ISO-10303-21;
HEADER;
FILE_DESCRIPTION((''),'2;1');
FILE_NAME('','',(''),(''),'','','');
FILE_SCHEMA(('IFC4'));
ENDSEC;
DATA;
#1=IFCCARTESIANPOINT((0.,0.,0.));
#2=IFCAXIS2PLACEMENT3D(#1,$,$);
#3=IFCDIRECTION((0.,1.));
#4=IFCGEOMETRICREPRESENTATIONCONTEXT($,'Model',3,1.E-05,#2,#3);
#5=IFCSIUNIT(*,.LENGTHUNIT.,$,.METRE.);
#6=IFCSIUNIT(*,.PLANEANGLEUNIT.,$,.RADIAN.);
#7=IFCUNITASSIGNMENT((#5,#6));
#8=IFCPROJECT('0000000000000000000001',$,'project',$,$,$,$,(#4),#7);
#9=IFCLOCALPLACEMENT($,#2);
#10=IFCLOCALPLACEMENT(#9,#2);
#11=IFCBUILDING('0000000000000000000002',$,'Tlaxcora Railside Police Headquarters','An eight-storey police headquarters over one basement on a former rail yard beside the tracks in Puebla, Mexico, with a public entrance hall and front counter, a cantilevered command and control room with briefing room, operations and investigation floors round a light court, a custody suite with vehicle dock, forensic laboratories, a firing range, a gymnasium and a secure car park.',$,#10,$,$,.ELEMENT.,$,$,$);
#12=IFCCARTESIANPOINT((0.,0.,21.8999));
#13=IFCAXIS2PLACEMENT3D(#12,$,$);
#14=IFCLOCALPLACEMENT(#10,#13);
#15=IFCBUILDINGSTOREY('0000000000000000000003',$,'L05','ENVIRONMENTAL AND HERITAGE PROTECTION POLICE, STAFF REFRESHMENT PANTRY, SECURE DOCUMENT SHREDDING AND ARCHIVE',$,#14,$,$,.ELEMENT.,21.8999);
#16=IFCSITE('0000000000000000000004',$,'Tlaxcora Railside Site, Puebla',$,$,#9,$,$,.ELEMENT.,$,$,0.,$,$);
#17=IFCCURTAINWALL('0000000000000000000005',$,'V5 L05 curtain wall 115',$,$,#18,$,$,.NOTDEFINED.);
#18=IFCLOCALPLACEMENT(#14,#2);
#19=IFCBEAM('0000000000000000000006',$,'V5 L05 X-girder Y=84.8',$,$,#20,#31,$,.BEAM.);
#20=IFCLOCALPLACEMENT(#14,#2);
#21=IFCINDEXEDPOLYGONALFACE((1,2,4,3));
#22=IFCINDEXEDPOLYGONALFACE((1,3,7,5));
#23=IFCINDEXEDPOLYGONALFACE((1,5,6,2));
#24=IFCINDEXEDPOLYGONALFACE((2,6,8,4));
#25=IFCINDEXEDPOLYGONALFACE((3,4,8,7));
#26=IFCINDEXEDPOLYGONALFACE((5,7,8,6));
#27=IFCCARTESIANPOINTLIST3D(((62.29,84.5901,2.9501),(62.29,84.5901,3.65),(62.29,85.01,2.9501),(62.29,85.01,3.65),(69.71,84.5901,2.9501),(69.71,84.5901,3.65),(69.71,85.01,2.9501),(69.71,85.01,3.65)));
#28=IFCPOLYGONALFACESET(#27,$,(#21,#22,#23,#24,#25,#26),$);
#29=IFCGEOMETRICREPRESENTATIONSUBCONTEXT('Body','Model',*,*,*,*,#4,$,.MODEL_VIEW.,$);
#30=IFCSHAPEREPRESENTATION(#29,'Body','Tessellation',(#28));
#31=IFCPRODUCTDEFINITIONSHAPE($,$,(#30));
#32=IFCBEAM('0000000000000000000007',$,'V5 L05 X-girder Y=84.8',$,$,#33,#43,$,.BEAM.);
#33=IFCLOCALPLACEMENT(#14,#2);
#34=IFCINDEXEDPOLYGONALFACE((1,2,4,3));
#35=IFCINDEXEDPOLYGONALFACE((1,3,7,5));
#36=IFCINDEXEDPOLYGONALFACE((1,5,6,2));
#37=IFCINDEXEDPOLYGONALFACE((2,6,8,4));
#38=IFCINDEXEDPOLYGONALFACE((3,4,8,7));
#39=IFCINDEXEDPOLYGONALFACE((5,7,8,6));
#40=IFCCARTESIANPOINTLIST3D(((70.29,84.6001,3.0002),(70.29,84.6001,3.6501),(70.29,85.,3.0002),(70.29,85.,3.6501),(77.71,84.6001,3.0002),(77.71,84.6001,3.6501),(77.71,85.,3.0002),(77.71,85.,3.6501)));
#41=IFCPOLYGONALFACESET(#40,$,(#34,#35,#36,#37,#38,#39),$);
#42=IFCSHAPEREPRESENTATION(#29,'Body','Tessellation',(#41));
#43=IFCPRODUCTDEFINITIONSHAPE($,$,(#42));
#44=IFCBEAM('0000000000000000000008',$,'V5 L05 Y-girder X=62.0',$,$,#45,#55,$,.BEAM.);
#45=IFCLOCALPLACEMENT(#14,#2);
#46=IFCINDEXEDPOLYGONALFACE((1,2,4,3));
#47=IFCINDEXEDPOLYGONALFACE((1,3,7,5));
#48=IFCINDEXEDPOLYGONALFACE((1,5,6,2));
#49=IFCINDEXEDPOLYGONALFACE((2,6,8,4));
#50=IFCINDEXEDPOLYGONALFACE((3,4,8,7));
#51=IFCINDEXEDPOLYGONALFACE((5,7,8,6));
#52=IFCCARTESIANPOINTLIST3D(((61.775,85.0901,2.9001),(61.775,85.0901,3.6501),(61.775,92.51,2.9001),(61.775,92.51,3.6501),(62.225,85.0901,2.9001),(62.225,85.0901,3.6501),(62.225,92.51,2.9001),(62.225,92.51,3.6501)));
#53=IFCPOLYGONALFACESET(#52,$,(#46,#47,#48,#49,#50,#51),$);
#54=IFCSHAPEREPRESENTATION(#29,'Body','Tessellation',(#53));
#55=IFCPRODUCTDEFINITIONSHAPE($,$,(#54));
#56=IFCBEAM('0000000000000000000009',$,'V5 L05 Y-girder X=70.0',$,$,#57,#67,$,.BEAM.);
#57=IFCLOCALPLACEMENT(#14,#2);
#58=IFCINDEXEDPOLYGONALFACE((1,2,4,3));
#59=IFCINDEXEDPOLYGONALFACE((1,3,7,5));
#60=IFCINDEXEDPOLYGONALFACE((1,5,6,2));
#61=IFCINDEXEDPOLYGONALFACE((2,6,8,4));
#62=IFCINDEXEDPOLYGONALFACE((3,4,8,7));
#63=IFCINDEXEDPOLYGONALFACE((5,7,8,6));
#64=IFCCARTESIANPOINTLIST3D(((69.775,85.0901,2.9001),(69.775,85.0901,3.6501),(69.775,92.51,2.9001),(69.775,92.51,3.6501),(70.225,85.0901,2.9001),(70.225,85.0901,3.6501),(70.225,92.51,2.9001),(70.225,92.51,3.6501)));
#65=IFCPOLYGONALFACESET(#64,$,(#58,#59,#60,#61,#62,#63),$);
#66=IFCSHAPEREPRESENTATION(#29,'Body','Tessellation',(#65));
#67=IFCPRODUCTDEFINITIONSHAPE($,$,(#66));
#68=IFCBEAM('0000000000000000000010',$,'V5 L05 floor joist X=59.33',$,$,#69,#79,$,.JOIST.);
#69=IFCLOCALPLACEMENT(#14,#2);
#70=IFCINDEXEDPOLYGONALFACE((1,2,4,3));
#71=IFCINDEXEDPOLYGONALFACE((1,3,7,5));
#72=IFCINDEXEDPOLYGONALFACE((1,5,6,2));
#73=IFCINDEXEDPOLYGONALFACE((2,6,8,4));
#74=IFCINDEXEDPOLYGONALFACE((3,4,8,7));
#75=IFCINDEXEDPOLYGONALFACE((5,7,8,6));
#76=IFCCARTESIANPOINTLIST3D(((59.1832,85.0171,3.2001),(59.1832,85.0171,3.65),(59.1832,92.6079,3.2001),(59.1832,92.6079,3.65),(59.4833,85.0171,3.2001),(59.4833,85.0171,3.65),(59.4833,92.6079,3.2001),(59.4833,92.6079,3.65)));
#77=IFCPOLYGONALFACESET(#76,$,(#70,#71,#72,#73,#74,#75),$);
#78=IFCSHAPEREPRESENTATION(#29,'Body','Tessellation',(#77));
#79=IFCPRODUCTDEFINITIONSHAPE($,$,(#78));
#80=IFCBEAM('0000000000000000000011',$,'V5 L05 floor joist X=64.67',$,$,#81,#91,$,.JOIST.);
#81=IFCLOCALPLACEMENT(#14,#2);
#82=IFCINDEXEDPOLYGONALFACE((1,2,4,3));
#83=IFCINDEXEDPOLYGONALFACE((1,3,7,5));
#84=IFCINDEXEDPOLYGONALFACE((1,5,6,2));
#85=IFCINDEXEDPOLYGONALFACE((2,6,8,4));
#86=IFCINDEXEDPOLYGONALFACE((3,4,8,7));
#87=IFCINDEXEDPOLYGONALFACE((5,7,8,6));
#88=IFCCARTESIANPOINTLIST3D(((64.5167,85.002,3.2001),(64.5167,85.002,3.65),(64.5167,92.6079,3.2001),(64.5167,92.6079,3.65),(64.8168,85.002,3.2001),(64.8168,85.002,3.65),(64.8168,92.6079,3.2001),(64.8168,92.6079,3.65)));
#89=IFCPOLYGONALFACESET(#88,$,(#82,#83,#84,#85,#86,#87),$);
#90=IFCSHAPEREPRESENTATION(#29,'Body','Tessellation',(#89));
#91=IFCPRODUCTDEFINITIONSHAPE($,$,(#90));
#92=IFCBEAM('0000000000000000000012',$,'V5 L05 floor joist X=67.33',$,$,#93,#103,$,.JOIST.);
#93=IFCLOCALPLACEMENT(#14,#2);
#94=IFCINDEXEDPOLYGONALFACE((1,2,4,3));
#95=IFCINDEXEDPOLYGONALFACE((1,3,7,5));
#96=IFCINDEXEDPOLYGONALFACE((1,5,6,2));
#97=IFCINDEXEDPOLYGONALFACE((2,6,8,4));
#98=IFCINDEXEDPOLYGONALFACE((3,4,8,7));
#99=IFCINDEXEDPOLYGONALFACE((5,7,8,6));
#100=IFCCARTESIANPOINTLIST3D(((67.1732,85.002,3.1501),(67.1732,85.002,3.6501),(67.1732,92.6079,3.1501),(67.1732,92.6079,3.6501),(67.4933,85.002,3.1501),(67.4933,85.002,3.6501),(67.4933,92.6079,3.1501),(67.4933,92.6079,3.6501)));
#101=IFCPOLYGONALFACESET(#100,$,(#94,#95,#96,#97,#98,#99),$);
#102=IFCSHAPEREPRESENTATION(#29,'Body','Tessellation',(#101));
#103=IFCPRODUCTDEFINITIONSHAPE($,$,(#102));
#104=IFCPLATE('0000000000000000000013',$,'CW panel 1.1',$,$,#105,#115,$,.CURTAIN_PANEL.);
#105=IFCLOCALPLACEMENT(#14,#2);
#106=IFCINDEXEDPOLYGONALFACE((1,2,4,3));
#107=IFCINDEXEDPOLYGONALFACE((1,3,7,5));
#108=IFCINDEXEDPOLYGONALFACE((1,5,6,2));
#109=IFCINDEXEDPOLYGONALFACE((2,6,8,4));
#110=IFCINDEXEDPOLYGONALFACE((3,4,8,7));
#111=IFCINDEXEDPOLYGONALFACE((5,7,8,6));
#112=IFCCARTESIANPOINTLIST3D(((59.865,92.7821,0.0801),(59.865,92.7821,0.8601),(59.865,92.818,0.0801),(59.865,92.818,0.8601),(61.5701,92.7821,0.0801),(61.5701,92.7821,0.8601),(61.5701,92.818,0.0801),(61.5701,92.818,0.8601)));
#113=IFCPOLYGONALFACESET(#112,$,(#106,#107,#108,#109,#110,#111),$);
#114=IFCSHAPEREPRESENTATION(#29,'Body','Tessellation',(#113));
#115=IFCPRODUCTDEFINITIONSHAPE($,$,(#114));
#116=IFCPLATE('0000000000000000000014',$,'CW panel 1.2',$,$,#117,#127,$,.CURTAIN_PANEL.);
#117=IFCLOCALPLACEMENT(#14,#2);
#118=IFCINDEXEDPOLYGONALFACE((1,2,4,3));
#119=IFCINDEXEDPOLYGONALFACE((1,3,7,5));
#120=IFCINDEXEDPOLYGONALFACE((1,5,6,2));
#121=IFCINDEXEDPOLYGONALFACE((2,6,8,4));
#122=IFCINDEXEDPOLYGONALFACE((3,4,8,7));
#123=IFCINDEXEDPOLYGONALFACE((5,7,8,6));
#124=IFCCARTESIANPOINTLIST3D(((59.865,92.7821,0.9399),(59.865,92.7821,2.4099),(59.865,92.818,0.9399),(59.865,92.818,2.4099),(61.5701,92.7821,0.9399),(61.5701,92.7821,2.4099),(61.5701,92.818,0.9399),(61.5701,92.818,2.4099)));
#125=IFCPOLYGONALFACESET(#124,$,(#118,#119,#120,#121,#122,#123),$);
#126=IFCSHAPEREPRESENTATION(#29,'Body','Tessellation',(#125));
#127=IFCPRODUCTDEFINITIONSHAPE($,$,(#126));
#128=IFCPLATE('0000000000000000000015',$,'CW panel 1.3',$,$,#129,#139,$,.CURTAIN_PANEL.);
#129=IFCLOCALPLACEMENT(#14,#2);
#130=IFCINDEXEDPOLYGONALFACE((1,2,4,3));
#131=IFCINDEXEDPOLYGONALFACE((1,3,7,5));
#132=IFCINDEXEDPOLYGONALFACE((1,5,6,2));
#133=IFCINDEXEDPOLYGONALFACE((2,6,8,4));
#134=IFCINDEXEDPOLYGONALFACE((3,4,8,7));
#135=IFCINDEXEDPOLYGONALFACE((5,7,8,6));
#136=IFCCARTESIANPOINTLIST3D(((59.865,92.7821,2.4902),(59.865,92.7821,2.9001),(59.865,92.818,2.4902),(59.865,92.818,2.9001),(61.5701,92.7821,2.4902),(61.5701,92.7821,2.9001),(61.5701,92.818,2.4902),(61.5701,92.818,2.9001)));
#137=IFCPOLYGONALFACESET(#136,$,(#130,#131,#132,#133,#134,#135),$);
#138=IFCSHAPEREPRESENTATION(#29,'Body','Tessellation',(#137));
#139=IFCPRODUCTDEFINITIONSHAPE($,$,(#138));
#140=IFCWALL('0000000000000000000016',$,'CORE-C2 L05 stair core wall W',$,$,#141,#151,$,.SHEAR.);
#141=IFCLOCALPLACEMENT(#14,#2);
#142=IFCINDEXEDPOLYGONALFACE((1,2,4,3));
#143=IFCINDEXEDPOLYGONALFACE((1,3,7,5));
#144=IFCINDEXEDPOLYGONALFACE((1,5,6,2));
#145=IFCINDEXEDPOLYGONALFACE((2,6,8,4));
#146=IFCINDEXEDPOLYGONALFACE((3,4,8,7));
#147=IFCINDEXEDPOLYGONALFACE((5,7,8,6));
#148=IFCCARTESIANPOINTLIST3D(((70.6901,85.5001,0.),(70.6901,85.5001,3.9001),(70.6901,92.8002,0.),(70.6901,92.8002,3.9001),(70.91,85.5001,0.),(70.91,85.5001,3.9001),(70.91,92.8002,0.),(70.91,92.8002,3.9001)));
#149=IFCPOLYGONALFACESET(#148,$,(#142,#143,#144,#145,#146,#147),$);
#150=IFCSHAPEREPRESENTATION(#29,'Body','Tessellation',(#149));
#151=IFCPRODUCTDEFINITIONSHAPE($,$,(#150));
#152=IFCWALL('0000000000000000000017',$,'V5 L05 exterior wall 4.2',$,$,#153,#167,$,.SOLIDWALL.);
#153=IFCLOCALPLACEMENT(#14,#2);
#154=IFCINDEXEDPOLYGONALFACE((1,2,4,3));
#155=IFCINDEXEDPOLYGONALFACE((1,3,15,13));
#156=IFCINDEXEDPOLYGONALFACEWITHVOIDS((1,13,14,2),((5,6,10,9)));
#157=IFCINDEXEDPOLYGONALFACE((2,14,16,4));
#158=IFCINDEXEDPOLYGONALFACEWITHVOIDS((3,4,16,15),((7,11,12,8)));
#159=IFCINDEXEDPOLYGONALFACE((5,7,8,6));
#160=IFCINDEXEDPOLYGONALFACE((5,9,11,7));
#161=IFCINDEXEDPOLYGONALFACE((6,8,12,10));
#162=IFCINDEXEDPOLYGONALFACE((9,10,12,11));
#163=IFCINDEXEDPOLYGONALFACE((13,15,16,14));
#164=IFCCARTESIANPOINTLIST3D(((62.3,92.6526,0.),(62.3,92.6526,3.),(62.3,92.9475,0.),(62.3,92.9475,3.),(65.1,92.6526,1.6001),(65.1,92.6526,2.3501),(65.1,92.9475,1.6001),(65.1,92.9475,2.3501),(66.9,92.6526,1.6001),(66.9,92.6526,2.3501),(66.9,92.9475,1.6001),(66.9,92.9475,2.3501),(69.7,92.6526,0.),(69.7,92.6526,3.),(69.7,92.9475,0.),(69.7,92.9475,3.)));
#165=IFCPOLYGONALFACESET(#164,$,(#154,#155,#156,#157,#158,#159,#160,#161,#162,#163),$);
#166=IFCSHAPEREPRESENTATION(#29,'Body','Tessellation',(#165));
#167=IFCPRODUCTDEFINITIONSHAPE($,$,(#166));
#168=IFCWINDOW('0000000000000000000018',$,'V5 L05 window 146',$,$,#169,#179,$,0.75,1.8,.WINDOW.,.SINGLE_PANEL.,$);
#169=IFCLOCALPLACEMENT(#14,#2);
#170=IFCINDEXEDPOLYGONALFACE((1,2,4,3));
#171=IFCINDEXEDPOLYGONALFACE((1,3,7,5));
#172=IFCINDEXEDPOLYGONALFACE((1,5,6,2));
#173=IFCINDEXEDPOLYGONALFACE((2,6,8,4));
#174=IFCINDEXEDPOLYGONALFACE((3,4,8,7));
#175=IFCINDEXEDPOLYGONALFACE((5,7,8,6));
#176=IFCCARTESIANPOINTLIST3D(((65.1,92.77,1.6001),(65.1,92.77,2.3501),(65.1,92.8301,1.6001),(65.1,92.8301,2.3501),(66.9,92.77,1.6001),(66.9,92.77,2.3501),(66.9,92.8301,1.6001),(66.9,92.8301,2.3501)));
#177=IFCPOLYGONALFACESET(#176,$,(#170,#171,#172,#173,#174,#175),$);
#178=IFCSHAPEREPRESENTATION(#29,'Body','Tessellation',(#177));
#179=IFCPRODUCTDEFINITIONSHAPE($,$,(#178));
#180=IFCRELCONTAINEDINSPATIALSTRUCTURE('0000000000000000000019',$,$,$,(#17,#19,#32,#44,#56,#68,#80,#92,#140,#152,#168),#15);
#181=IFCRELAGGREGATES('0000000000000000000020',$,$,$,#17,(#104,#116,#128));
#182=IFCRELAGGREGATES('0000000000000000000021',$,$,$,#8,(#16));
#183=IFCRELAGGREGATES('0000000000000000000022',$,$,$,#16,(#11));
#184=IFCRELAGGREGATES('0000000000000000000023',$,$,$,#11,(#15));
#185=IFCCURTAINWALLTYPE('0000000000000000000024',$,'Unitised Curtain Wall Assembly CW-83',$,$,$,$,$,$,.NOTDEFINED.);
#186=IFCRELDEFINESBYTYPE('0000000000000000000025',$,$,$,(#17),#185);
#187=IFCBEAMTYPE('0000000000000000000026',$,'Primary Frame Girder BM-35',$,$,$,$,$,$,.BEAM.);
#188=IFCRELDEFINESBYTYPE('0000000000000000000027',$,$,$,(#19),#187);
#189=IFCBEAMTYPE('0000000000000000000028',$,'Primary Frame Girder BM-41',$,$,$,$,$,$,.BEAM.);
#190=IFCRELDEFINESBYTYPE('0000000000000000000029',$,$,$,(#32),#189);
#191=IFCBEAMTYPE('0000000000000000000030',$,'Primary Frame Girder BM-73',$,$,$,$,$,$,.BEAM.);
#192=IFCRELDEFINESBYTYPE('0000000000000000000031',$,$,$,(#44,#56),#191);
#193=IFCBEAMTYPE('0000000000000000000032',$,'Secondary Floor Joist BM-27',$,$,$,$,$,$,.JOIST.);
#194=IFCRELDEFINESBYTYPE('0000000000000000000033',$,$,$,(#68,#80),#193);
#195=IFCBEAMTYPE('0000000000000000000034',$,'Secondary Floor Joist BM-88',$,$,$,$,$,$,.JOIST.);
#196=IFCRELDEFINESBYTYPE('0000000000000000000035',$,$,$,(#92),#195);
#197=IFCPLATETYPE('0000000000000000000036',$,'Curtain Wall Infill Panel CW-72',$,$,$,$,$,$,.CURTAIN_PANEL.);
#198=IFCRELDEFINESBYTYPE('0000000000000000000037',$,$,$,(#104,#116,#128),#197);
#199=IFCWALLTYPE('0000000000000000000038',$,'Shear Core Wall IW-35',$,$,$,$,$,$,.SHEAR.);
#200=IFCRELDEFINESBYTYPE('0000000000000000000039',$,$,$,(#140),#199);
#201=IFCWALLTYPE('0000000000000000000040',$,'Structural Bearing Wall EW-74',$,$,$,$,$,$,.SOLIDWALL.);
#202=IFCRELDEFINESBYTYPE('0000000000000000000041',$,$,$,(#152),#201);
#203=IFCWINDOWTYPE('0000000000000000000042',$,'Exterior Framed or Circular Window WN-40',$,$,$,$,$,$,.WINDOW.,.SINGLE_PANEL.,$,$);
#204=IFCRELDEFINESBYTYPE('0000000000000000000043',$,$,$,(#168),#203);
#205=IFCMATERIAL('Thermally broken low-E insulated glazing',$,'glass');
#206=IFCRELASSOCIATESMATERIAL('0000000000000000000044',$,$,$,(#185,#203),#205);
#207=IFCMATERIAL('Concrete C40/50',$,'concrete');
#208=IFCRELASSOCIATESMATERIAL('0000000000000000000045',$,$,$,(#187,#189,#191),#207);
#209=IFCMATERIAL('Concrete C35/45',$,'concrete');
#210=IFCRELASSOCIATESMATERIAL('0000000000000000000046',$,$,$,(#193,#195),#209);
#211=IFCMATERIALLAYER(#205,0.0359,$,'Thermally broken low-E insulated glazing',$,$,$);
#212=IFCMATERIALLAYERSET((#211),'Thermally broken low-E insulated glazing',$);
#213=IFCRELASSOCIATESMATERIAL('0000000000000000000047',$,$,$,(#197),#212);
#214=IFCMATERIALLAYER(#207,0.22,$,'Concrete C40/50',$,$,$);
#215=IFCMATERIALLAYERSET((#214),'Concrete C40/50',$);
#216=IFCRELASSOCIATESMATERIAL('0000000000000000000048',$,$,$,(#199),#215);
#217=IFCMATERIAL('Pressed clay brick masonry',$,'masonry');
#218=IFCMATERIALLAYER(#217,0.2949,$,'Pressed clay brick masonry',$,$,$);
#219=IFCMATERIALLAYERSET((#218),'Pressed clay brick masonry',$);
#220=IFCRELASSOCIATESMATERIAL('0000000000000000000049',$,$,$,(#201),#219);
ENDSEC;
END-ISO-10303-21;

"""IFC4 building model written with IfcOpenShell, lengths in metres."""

from ifc_helpers import new_model, si_unit, direction, frame, frame_2d, origin, origin_2d, place, context, subcontext, project, spatial, rectangle, extrude, material, layer, layer_set, material_profile, profile_set, type_object, element, fill, aggregate, save


model = new_model("IFC4")

# Units and contexts
model_context = context("Model", 3, precision=1e-05, world=origin(), true_north=direction((0.0, 1.0)))
body_context = subcontext(model_context, "Body", "Model", "MODEL_VIEW")
ifc_project = project(units=[si_unit("LENGTHUNIT", "METRE"), si_unit("PLANEANGLEUNIT", "RADIAN")], contexts=[model_context])

# Site, building, storey
site_placement = place(None, origin())
site = spatial("IfcSite", under=ifc_project, at=site_placement, Name="Tlaxcora Railside Site, Puebla", CompositionType="ELEMENT", RefElevation=0.0)
building_placement = place(site_placement, origin())
building = spatial("IfcBuilding", under=site, at=building_placement, Name="Tlaxcora Railside Police Headquarters", Description="An eight-storey police headquarters over one basement on a former rail yard beside the tracks in Puebla, Mexico, with a public entrance hall and front counter, a cantilevered command and control room with briefing room, operations and investigation floors round a light court, a custody suite with vehicle dock, forensic laboratories, a firing range, a gymnasium and a secure car park.", CompositionType="ELEMENT")
storey_placement = place(building_placement, frame((0.0, 0.0, 21.8999)))
storey = spatial("IfcBuildingStorey", under=building, at=storey_placement, Name="L05", Description="ENVIRONMENTAL AND HERITAGE PROTECTION POLICE, STAFF REFRESHMENT PANTRY, SECURE DOCUMENT SHREDDING AND ARCHIVE", CompositionType="ELEMENT", Elevation=21.8999)

# Shared definitions
ifc_material_1 = material(Name="Concrete C40/50", Category="concrete")

# Curtain wall
ifc_material_2 = material(Name="Thermally broken low-E insulated glazing", Category="glass")
curtain_wall_type = type_object("IfcCurtainWallType", Name="Unitised Curtain Wall Assembly CW-83", PredefinedType="NOTDEFINED", material=ifc_material_2)
curtain_wall_placement = place(storey_placement, origin())
curtain_wall = element("IfcCurtainWall", 1, at=curtain_wall_placement, inside=storey, type_object=curtain_wall_type, Name="V5 L05 curtain wall 115", PredefinedType="NOTDEFINED")

# Beams
ifc_material_profile_1 = material_profile(ifc_material_1, rectangle(XDim=0.4199, YDim=0.7, at=origin_2d()), Name="RC420X700")
ifc_profile_set_1 = profile_set([ifc_material_profile_1], Name="Concrete C40/50")
beam_type_1 = type_object("IfcBeamType", Name="Primary Frame Girder BM-35", PredefinedType="BEAM", material=ifc_profile_set_1)
beam_1_placement = place(storey_placement, frame((62.29, 84.8, 3.3), z_axis=(1.0, 0.0, 0.0), x_axis=(0.0, 1.0, 0.0)))
element("IfcBeam", 2, at=beam_1_placement, inside=storey, type_object=beam_type_1, Name="V5 L05 X-girder Y=84.8", PredefinedType="BEAM", context=body_context, shape_type="SweptSolid", body=[
    extrude(rectangle(XDim=0.4199, YDim=0.7, at=origin_2d()), origin(), (0.0, 0.0, 1.0), 7.4199),
])
ifc_material_profile_2 = material_profile(ifc_material_1, rectangle(XDim=0.3999, YDim=0.6499, at=origin_2d()), Name="RC400X650")
ifc_profile_set_2 = profile_set([ifc_material_profile_2], Name="Concrete C40/50")
beam_type_2 = type_object("IfcBeamType", Name="Primary Frame Girder BM-41", PredefinedType="BEAM", material=ifc_profile_set_2)
beam_2_placement = place(storey_placement, frame((70.29, 84.8, 3.3252), z_axis=(1.0, 0.0, 0.0), x_axis=(0.0, 1.0, 0.0)))
element("IfcBeam", 3, at=beam_2_placement, inside=storey, type_object=beam_type_2, Name="V5 L05 X-girder Y=84.8", PredefinedType="BEAM", context=body_context, shape_type="SweptSolid", body=[
    extrude(rectangle(XDim=0.3999, YDim=0.6499, at=origin_2d()), origin(), (0.0, 0.0, 1.0), 7.4199),
])
ifc_material_profile_3 = material_profile(ifc_material_1, rectangle(XDim=0.45, YDim=0.75, at=origin_2d()), Name="RC450X750")
ifc_profile_set_3 = profile_set([ifc_material_profile_3], Name="Concrete C40/50")
beam_type_3 = type_object("IfcBeamType", Name="Primary Frame Girder BM-73", PredefinedType="BEAM", material=ifc_profile_set_3)
for number, where, z_axis, x_axis, name in (
    (4, (62.0, 85.0901, 3.2751), (0.0, 1.0, 0.0), (-1.0, 0.0, 0.0), "V5 L05 Y-girder X=62.0"),
    (5, (70.0, 85.0901, 3.2751), (0.0, 1.0, 0.0), (-1.0, 0.0, 0.0), "V5 L05 Y-girder X=70.0"),
):
    element("IfcBeam", number, at=place(storey_placement, frame(where, z_axis=z_axis, x_axis=x_axis)), inside=storey, type_object=beam_type_3, Name=name, PredefinedType="BEAM", context=body_context, shape_type="SweptSolid", body=[
        extrude(rectangle(XDim=0.45, YDim=0.75, at=origin_2d()), origin(), (0.0, 0.0, 1.0), 7.4199),
    ])
ifc_material_3 = material(Name="Concrete C35/45", Category="concrete")
ifc_material_profile_4 = material_profile(ifc_material_3, rectangle(XDim=0.3, YDim=0.45, at=origin_2d()), Name="RC300X450")
ifc_profile_set_4 = profile_set([ifc_material_profile_4], Name="Concrete C35/45")
beam_type_4 = type_object("IfcBeamType", Name="Secondary Floor Joist BM-27", PredefinedType="JOIST", material=ifc_profile_set_4)
beam_3_placement = place(storey_placement, frame((59.3333, 85.0171, 3.425), z_axis=(0.0, 1.0, 0.0), x_axis=(-1.0, 0.0, 0.0)))
element("IfcBeam", 6, at=beam_3_placement, inside=storey, type_object=beam_type_4, Name="V5 L05 floor joist X=59.33", PredefinedType="JOIST", context=body_context, shape_type="SweptSolid", body=[
    extrude(rectangle(XDim=0.3, YDim=0.45, at=origin_2d()), origin(), (0.0, 0.0, 1.0), 7.5908),
])
beam_4_placement = place(storey_placement, frame((64.6667, 85.002, 3.425), z_axis=(0.0, 1.0, 0.0), x_axis=(-1.0, 0.0, 0.0)))
element("IfcBeam", 7, at=beam_4_placement, inside=storey, type_object=beam_type_4, Name="V5 L05 floor joist X=64.67", PredefinedType="JOIST", context=body_context, shape_type="SweptSolid", body=[
    extrude(rectangle(XDim=0.3, YDim=0.45, at=origin_2d()), origin(), (0.0, 0.0, 1.0), 7.606),
])
ifc_material_profile_5 = material_profile(ifc_material_3, rectangle(XDim=0.3201, YDim=0.5, at=origin_2d()), Name="RC320X500")
ifc_profile_set_5 = profile_set([ifc_material_profile_5], Name="Concrete C35/45")
beam_type_5 = type_object("IfcBeamType", Name="Secondary Floor Joist BM-88", PredefinedType="JOIST", material=ifc_profile_set_5)
beam_5_placement = place(storey_placement, frame((67.3333, 85.002, 3.4001), z_axis=(0.0, 1.0, 0.0), x_axis=(-1.0, 0.0, 0.0)))
element("IfcBeam", 8, at=beam_5_placement, inside=storey, type_object=beam_type_5, Name="V5 L05 floor joist X=67.33", PredefinedType="JOIST", context=body_context, shape_type="SweptSolid", body=[
    extrude(rectangle(XDim=0.3201, YDim=0.5, at=origin_2d()), origin(), (0.0, 0.0, 1.0), 7.606),
])

# Plates
ifc_layer_1 = layer(ifc_material_2, 0.0359, Name="Thermally broken low-E insulated glazing")
ifc_layer_set_1 = layer_set([ifc_layer_1], Name="Thermally broken low-E insulated glazing")
plate_type = type_object("IfcPlateType", Name="Curtain Wall Infill Panel CW-72", PredefinedType="CURTAIN_PANEL", material=ifc_layer_set_1)
plate_1_placement = place(storey_placement, frame((60.7175, 92.8, 0.0801), z_axis=(0.0, 0.0, 1.0), x_axis=(-1.0, 0.0, 0.0)))
plate_1 = element("IfcPlate", 9, at=plate_1_placement, type_object=plate_type, Name="CW panel 1.1", PredefinedType="CURTAIN_PANEL", context=body_context, shape_type="SweptSolid", body=[
    extrude(rectangle(XDim=1.7051, YDim=0.0359, at=origin_2d()), origin(), (0.0, 0.0, 1.0), 0.78),
])
plate_2_placement = place(storey_placement, frame((60.7175, 92.8, 0.9399), z_axis=(0.0, 0.0, 1.0), x_axis=(-1.0, 0.0, 0.0)))
plate_2 = element("IfcPlate", 10, at=plate_2_placement, type_object=plate_type, Name="CW panel 1.2", PredefinedType="CURTAIN_PANEL", context=body_context, shape_type="SweptSolid", body=[
    extrude(rectangle(XDim=1.7051, YDim=0.0359, at=origin_2d()), origin(), (0.0, 0.0, 1.0), 1.47),
])
plate_3_placement = place(storey_placement, frame((60.7175, 92.8, 2.4902), z_axis=(0.0, 0.0, 1.0), x_axis=(-1.0, 0.0, 0.0)))
plate_3 = element("IfcPlate", 11, at=plate_3_placement, type_object=plate_type, Name="CW panel 1.3", PredefinedType="CURTAIN_PANEL", context=body_context, shape_type="SweptSolid", body=[
    extrude(rectangle(XDim=1.7051, YDim=0.0359, at=origin_2d()), origin(), (0.0, 0.0, 1.0), 0.4099),
])
aggregate(curtain_wall, [plate_1, plate_2, plate_3])

# Shared definitions
ifc_layer_2 = layer(ifc_material_1, 0.22, Name="Concrete C40/50")
ifc_layer_set_2 = layer_set([ifc_layer_2], Name="Concrete C40/50")
wall_type_1 = type_object("IfcWallType", Name="Shear Core Wall IW-35", PredefinedType="SHEAR", material=ifc_layer_set_2)

# Wall
wall_1_placement = place(storey_placement, frame((70.8, 92.8, 0.0), z_axis=(0.0, 0.0, 1.0), x_axis=(0.0, -1.0, 0.0)))
element("IfcWall", 12, at=wall_1_placement, inside=storey, type_object=wall_type_1, Name="CORE-C2 L05 stair core wall W", PredefinedType="SHEAR", context=body_context, shape_type="SweptSolid", body=[
    extrude(rectangle(XDim=7.3, YDim=0.22, at=frame_2d((3.6499, 0.0))), origin(), (0.0, 0.0, 1.0), 3.9001),
])

# Wall, opening, window
ifc_material_4 = material(Name="Pressed clay brick masonry", Category="masonry")
ifc_layer_3 = layer(ifc_material_4, 0.2949, Name="Pressed clay brick masonry")
ifc_layer_set_3 = layer_set([ifc_layer_3], Name="Pressed clay brick masonry")
wall_type_2 = type_object("IfcWallType", Name="Structural Bearing Wall EW-74", PredefinedType="SOLIDWALL", material=ifc_layer_set_3)
wall_2_placement = place(storey_placement, frame((69.7, 92.8, 0.0), z_axis=(0.0, 0.0, 1.0), x_axis=(-1.0, 0.0, 0.0)))
wall_2 = element("IfcWall", 13, at=wall_2_placement, inside=storey, type_object=wall_type_2, Name="V5 L05 exterior wall 4.2", PredefinedType="SOLIDWALL", context=body_context, shape_type="SweptSolid", body=[
    extrude(rectangle(XDim=7.3999, YDim=0.2949, at=frame_2d((3.7, 0.0))), origin(), (0.0, 0.0, 1.0), 3.0),
])
opening_1_placement = place(wall_2_placement, frame((2.8, 0.0, 1.6001)))
opening_1 = element("IfcOpeningElement", 14, at=opening_1_placement, cuts=wall_2, PredefinedType="OPENING", context=body_context, shape_type="SweptSolid", body=[
    extrude(rectangle(XDim=1.8, YDim=0.75, at=frame_2d((0.8999, 0.375))), frame((0.0, 0.1575, 0.0), z_axis=(0.0, -1.0, 0.0), x_axis=(1.0, 0.0, 0.0)), (0.0, 0.0, 1.0), 0.3149),
])
window_type = type_object("IfcWindowType", Name="Exterior Framed or Circular Window WN-40", PartitioningType="SINGLE_PANEL", PredefinedType="WINDOW", material=ifc_material_2)
window_placement = place(opening_1_placement, origin())
window = element("IfcWindow", 15, at=window_placement, inside=storey, type_object=window_type, Name="V5 L05 window 146", OverallHeight=0.75, OverallWidth=1.8, PartitioningType="SINGLE_PANEL", PredefinedType="WINDOW", context=body_context, shape_type="SweptSolid", body=[
    extrude(rectangle(XDim=1.8, YDim=0.75, at=frame_2d((0.8999, 0.375))), frame((0.0, 0.03, 0.0), z_axis=(0.0, -1.0, 0.0), x_axis=(1.0, 0.0, 0.0)), (0.0, 0.0, 1.0), 0.0601),
])
fill(opening_1, window)

save(model, "model.ifc")
